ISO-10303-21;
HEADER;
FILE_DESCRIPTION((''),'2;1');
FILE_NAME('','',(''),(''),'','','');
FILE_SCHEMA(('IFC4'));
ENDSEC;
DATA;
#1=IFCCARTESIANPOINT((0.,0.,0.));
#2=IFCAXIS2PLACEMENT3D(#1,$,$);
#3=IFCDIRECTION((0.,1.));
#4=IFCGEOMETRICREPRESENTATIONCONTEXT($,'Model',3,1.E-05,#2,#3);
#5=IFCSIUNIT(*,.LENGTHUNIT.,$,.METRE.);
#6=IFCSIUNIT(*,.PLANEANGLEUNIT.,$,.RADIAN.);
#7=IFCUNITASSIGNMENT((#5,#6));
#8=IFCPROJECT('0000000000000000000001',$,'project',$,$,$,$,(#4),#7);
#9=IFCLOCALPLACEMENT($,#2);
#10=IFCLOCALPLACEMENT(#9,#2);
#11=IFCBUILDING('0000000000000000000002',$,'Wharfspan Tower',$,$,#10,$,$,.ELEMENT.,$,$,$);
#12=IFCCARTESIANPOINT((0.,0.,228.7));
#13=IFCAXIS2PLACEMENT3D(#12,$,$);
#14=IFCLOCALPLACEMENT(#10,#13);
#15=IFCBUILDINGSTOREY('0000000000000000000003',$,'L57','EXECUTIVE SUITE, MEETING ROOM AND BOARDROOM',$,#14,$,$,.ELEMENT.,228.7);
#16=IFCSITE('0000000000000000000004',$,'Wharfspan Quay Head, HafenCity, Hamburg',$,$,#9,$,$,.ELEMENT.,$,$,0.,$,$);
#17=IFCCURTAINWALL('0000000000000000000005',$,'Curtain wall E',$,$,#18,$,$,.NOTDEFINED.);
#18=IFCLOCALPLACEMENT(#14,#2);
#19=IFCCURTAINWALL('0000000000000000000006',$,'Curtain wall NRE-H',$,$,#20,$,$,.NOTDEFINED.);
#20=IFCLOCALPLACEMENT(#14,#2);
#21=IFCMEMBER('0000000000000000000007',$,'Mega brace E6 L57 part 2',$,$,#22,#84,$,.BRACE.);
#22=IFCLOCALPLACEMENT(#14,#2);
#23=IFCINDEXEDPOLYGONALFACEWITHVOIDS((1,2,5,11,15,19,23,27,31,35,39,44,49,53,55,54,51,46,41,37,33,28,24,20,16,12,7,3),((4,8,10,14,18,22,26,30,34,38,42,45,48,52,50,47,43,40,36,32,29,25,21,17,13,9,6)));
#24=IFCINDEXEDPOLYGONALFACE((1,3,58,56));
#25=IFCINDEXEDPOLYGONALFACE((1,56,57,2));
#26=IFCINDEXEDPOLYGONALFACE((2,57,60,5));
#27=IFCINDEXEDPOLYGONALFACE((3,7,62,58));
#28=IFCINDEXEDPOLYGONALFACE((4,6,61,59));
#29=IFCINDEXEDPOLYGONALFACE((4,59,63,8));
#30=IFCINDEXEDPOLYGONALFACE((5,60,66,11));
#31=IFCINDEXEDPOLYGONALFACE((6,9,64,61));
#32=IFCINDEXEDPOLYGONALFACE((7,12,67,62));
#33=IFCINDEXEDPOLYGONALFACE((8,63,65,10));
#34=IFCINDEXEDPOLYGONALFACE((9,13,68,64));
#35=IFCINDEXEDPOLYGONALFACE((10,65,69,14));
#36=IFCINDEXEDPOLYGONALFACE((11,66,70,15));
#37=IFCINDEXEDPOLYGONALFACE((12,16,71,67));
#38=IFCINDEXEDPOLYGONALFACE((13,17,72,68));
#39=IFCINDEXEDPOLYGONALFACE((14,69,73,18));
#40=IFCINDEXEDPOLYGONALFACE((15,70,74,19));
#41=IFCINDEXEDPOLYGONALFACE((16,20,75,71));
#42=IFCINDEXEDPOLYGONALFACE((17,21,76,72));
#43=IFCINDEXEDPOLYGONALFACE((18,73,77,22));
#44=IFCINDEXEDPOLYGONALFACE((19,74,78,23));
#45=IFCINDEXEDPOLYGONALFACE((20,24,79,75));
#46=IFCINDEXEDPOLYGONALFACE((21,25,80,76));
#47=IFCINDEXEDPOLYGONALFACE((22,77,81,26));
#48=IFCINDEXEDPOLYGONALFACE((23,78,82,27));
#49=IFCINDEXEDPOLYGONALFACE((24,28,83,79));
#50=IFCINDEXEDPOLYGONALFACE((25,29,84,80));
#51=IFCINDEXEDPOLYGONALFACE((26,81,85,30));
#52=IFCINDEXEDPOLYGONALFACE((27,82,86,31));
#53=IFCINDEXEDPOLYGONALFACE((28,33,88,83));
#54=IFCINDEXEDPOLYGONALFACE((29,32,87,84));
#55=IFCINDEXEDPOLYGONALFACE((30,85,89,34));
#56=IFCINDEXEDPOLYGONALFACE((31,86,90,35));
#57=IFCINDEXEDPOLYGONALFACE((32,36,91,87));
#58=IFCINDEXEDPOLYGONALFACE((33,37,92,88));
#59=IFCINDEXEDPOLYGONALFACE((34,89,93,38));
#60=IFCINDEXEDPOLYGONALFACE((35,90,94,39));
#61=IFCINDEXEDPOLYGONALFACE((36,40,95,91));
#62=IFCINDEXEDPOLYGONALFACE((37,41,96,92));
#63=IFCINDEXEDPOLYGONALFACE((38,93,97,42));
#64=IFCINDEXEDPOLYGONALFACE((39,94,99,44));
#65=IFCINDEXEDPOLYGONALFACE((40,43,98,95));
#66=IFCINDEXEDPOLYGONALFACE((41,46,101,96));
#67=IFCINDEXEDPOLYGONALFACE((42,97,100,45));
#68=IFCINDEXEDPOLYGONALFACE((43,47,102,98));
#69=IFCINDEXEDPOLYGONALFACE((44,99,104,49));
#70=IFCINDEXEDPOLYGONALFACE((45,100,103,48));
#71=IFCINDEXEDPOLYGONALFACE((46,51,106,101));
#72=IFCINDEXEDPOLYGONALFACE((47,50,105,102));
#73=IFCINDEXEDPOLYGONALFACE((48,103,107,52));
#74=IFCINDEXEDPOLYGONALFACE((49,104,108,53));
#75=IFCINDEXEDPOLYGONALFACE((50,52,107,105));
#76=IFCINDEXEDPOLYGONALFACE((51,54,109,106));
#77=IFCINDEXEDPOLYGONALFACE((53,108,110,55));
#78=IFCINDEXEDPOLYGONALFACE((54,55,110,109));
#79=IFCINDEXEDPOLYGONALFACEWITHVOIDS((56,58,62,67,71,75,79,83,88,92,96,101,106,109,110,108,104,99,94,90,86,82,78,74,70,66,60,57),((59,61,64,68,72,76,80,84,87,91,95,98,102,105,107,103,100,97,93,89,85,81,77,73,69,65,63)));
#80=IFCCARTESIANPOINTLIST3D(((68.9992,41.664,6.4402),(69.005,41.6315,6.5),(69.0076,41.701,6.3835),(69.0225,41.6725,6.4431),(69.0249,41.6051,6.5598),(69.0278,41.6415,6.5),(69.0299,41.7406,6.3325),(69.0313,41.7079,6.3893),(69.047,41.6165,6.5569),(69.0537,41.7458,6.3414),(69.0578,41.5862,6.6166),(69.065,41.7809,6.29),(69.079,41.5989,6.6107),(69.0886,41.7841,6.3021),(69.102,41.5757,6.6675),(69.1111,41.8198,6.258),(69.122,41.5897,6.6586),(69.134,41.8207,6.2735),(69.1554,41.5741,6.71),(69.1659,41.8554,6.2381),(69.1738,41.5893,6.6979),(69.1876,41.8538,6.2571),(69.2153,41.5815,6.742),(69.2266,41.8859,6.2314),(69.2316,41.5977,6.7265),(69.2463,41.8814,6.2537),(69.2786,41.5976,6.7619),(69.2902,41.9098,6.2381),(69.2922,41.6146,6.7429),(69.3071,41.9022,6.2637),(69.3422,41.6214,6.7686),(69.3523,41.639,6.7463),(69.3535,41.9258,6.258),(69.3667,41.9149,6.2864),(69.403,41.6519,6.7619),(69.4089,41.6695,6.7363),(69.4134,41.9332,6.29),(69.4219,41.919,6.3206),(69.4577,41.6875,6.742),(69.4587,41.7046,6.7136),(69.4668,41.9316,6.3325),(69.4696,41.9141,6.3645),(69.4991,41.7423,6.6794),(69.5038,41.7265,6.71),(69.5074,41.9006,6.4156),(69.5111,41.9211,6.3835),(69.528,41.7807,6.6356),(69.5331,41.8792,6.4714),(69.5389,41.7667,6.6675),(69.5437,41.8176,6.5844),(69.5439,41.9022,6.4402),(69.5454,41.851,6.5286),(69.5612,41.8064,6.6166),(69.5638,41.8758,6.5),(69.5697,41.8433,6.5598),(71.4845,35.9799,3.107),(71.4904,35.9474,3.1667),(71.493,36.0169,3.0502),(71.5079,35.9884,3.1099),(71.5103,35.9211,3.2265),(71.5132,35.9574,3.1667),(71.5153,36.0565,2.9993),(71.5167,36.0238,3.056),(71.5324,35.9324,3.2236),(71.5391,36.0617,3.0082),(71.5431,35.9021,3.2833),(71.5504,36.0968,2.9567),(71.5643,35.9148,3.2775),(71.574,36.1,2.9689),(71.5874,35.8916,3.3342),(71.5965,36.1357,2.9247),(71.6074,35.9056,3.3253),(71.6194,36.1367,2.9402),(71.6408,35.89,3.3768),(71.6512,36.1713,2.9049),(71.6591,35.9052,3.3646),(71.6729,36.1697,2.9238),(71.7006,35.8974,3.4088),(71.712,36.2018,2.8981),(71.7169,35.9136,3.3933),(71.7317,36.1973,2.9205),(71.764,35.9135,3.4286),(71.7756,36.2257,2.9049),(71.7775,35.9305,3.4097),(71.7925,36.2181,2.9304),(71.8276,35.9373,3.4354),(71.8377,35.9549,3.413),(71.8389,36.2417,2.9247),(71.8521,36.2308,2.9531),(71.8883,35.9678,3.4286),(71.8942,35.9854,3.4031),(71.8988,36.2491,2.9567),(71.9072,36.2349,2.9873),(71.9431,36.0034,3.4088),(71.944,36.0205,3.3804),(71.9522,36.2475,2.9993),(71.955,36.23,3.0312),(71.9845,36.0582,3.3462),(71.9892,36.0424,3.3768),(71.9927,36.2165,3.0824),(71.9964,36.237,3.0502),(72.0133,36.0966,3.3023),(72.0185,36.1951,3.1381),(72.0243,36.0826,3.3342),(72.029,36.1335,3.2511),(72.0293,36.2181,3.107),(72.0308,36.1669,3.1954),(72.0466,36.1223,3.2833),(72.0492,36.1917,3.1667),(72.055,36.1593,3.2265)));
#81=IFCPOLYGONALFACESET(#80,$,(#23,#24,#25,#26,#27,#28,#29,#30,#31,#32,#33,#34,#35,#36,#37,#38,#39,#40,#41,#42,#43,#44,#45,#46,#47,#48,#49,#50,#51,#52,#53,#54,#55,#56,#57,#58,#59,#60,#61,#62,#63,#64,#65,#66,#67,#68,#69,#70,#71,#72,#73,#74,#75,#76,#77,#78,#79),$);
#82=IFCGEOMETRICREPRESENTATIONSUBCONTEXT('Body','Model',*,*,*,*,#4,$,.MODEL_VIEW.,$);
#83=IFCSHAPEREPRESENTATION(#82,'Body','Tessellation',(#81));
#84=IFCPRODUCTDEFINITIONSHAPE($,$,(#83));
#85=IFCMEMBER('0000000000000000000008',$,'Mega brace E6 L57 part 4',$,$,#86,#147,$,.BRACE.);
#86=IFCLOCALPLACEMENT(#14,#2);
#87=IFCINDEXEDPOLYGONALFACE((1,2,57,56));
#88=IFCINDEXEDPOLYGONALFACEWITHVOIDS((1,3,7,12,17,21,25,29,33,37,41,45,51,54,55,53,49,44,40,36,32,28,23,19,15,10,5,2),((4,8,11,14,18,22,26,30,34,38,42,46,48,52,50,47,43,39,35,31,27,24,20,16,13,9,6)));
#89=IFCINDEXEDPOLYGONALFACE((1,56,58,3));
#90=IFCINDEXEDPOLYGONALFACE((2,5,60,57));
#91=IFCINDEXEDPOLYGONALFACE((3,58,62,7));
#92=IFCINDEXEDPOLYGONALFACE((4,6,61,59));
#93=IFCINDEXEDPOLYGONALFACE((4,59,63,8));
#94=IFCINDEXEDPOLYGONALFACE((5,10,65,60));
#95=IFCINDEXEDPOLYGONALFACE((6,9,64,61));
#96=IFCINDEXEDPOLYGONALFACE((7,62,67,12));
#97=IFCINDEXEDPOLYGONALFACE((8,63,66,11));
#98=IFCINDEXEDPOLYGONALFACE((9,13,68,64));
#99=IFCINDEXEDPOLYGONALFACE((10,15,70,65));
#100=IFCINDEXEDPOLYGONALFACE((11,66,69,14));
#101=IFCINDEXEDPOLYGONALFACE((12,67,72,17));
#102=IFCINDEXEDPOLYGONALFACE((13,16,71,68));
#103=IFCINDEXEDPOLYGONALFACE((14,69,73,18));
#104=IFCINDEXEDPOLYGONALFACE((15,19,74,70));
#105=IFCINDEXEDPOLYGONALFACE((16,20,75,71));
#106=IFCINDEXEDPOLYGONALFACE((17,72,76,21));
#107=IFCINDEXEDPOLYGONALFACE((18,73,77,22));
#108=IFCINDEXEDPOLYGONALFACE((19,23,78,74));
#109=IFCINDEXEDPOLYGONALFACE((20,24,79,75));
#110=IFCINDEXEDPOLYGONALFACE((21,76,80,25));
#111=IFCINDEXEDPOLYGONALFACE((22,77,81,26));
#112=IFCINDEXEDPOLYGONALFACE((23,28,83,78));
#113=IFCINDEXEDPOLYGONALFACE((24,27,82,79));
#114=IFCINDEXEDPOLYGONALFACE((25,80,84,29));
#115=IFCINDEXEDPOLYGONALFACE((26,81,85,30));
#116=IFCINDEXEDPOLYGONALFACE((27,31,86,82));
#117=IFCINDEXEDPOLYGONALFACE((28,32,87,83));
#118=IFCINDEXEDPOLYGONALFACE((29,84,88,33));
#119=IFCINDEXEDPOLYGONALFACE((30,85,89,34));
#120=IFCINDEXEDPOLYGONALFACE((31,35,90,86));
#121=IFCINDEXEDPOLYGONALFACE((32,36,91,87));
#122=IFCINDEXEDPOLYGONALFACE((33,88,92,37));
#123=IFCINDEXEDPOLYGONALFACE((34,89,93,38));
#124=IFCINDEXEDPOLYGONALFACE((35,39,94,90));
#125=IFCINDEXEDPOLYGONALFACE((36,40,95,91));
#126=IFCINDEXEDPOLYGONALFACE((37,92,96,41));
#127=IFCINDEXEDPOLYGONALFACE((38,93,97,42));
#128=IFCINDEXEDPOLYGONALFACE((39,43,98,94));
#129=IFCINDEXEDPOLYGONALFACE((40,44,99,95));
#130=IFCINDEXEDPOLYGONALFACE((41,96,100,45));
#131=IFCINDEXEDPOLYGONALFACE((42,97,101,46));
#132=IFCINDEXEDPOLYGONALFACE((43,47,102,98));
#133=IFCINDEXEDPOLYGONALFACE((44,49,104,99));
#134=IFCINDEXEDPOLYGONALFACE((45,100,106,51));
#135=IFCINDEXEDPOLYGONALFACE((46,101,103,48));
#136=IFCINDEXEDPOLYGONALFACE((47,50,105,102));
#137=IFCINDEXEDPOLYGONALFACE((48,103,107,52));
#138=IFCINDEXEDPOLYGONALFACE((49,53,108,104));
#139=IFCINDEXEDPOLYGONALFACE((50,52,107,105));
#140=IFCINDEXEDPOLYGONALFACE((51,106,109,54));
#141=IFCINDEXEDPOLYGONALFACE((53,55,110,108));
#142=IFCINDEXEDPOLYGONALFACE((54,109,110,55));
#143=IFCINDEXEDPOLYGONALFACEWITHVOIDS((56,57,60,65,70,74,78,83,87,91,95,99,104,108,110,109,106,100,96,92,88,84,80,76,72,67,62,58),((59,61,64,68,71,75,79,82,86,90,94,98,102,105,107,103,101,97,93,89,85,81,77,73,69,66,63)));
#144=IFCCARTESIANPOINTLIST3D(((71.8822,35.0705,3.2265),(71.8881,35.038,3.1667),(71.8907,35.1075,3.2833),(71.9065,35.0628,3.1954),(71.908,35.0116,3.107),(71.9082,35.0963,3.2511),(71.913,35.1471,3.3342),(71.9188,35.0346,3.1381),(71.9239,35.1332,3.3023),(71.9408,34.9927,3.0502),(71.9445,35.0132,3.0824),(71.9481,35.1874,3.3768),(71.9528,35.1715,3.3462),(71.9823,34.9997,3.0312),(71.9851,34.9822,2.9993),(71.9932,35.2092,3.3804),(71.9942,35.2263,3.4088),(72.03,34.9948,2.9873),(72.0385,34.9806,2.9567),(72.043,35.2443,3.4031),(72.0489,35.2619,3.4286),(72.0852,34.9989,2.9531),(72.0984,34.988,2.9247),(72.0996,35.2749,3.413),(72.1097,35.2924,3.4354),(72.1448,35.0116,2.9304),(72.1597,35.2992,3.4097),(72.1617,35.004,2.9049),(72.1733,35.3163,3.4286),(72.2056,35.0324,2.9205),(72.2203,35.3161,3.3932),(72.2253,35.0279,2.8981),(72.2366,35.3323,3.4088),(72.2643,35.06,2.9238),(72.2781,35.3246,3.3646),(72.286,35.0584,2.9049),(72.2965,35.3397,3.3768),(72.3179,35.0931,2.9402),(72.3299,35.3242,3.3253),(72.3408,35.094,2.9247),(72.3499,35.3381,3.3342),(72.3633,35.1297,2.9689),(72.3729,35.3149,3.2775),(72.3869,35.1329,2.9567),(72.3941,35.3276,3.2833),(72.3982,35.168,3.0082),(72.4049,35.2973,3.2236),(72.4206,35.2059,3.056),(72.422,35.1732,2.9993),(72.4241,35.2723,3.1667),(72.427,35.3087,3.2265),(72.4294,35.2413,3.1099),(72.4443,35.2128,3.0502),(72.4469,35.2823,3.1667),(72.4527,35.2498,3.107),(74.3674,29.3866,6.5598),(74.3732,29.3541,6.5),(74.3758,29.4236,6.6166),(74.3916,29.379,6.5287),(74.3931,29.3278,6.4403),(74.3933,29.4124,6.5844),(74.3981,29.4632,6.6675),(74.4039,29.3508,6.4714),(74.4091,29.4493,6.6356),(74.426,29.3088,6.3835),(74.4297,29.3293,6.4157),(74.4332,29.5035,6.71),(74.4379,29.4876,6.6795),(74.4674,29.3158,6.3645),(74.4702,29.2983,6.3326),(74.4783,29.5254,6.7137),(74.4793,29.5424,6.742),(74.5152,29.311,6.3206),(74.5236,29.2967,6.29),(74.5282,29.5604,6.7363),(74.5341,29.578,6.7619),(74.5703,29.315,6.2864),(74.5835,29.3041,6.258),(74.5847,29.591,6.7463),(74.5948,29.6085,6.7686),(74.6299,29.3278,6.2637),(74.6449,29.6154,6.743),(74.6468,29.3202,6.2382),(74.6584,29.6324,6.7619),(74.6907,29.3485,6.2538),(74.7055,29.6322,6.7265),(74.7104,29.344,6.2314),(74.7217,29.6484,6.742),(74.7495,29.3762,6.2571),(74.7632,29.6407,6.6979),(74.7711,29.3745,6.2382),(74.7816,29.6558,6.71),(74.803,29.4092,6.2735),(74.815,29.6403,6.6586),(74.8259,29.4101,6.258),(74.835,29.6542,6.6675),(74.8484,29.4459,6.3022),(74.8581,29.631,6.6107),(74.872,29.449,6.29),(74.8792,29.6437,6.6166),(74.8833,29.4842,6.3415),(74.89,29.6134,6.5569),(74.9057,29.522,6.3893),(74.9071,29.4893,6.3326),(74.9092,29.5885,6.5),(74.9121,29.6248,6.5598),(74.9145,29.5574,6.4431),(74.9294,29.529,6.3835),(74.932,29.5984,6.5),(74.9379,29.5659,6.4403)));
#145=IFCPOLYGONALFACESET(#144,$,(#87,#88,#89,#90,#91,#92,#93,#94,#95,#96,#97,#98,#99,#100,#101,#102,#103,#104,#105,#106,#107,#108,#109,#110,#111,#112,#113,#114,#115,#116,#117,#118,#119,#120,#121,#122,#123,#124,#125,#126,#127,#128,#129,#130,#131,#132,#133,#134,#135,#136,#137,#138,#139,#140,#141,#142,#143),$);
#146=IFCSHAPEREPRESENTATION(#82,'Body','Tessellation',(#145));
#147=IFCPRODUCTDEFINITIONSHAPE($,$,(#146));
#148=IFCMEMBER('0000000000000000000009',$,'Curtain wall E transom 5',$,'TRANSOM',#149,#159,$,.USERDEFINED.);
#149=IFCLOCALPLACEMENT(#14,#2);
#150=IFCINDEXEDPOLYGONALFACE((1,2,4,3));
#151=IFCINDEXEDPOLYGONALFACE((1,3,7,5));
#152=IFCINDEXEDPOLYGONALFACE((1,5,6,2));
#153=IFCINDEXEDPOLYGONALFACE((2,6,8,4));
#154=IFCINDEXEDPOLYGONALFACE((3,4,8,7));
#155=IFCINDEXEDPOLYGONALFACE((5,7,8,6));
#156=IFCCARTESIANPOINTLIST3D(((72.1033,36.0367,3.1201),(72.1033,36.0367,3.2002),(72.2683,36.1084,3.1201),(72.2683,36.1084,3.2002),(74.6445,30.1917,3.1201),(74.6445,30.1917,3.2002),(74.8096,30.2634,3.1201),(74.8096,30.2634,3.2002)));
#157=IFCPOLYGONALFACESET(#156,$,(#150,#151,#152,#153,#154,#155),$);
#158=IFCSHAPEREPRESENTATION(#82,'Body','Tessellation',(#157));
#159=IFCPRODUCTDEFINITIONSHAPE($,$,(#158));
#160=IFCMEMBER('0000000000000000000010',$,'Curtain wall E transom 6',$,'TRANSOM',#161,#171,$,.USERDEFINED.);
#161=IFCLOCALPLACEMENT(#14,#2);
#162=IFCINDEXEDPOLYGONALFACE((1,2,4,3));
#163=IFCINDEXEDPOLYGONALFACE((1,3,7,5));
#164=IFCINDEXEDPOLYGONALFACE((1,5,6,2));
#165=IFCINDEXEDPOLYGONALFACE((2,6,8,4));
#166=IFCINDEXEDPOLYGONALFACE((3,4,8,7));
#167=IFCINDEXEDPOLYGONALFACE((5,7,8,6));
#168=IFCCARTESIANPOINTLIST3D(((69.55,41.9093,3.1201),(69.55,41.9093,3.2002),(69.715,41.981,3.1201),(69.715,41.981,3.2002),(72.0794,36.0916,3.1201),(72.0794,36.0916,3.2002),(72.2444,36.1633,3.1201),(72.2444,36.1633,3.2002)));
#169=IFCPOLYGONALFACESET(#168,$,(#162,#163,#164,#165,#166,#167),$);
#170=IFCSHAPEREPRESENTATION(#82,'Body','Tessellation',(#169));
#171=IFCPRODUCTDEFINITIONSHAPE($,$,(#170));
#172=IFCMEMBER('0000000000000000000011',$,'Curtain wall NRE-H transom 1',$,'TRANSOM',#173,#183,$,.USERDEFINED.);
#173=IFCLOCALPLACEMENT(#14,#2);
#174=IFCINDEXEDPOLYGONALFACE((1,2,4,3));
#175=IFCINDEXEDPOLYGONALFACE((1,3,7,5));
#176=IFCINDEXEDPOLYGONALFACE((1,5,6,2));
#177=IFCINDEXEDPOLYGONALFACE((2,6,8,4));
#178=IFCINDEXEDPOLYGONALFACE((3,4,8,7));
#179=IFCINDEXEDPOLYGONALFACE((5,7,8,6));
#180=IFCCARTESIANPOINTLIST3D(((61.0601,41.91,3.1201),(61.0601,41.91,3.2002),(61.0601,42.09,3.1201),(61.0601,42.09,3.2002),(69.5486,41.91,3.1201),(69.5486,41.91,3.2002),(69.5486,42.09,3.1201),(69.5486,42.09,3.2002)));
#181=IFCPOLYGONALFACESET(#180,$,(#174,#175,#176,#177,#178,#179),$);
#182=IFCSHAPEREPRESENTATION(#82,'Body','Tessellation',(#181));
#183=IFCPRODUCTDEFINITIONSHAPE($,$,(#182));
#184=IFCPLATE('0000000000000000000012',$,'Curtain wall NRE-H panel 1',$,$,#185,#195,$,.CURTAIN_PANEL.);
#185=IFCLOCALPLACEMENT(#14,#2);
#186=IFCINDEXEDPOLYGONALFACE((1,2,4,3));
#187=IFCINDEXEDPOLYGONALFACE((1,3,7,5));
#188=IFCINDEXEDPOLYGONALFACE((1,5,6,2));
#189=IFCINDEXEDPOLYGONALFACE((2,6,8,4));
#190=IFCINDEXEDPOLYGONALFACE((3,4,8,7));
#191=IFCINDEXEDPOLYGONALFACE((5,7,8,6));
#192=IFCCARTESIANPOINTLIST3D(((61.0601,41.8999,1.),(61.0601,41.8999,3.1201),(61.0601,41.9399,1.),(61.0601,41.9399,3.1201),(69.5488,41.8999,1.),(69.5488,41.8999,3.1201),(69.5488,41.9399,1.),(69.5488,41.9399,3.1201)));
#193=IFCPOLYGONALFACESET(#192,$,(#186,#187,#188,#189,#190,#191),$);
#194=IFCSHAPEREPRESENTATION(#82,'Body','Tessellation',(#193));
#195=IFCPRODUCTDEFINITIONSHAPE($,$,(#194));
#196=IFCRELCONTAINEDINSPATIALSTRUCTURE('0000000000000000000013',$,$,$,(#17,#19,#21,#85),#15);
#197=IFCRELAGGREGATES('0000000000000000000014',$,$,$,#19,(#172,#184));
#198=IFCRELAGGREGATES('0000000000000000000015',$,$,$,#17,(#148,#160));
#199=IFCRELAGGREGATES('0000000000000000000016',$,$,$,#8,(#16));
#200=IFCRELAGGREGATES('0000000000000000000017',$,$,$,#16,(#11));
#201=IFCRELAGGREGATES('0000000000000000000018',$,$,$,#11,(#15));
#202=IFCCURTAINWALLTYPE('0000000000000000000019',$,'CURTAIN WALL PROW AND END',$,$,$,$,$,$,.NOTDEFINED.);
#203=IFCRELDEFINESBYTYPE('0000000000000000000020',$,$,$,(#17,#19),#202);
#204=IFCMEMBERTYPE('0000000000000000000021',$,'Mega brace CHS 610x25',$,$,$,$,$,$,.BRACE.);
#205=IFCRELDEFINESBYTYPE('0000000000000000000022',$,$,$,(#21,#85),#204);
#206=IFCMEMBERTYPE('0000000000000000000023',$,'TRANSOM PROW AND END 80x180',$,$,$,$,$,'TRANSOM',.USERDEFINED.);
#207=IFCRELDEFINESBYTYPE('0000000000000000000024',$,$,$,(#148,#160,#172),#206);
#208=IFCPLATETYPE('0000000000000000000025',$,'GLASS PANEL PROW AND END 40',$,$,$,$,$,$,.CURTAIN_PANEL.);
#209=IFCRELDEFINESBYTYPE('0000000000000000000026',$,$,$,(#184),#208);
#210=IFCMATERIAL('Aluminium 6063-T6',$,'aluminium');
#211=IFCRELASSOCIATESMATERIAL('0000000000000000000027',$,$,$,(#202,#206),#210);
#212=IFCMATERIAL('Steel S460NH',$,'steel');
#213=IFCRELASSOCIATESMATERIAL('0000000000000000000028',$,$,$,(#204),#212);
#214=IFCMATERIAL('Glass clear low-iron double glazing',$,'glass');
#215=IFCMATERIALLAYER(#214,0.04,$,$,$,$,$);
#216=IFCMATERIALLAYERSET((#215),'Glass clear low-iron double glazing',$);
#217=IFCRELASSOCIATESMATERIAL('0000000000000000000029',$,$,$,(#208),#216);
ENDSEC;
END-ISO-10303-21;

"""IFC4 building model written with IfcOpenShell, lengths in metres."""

from ifc_helpers import new_model, si_unit, direction, frame, origin, origin_2d, place, context, subcontext, project, spatial, rectangle, hollow_circle, extrude, material, layer, layer_set, material_profile, profile_set, type_object, element, aggregate, save


model = new_model("IFC4")

# Units and contexts
model_context = context("Model", 3, precision=1e-05, world=origin(), true_north=direction((0.0, 1.0)))
body_context = subcontext(model_context, "Body", "Model", "MODEL_VIEW")
ifc_project = project(units=[si_unit("LENGTHUNIT", "METRE"), si_unit("PLANEANGLEUNIT", "RADIAN")], contexts=[model_context])

# Site, building, storey
site_placement = place(None, origin())
site = spatial("IfcSite", under=ifc_project, at=site_placement, Name="Wharfspan Quay Head, HafenCity, Hamburg", CompositionType="ELEMENT", RefElevation=0.0)
building_placement = place(site_placement, origin())
building = spatial("IfcBuilding", under=site, at=building_placement, Name="Wharfspan Tower", CompositionType="ELEMENT")
storey_placement = place(building_placement, frame((0.0, 0.0, 228.7)))
storey = spatial("IfcBuildingStorey", under=building, at=storey_placement, Name="L57", Description="EXECUTIVE SUITE, MEETING ROOM AND BOARDROOM", CompositionType="ELEMENT", Elevation=228.7)

# Curtain wall
ifc_material_1 = material(Name="Aluminium 6063-T6", Category="aluminium")
curtain_wall_type = type_object("IfcCurtainWallType", Name="CURTAIN WALL PROW AND END", PredefinedType="NOTDEFINED", material=ifc_material_1)
curtain_wall_1_placement = place(storey_placement, origin())
curtain_wall_1 = element("IfcCurtainWall", 1, at=curtain_wall_1_placement, inside=storey, type_object=curtain_wall_type, Name="Curtain wall E", PredefinedType="NOTDEFINED")

# Curtain wall
curtain_wall_2_placement = place(storey_placement, origin())
curtain_wall_2 = element("IfcCurtainWall", 2, at=curtain_wall_2_placement, inside=storey, type_object=curtain_wall_type, Name="Curtain wall NRE-H", PredefinedType="NOTDEFINED")

# Members
ifc_material_2 = material(Name="Steel S460NH", Category="steel")
ifc_material_profile_1 = material_profile(ifc_material_2, hollow_circle(Radius=0.3049, WallThickness=0.0249, at=origin_2d()))
ifc_profile_set_1 = profile_set([ifc_material_profile_1], Name="Steel S460NH")
member_type_1 = type_object("IfcMemberType", Name="Mega brace CHS 610x25", PredefinedType="BRACE", material=ifc_profile_set_1)
member_1_placement = place(storey_placement, frame((71.7698, 36.0696, 3.1667), z_axis=(-0.352909, 0.807115, 0.473307), x_axis=(-0.916238, -0.400621, -0.000003)))
element("IfcMember", 3, at=member_1_placement, inside=storey, type_object=member_type_1, Name="Mega brace E6 L57 part 2", PredefinedType="BRACE", context=body_context, shape_type="SweptSolid", body=[
    extrude(hollow_circle(Radius=0.3049, WallThickness=0.0249, at=origin_2d()), origin(), (0.0, 0.0, 1.0), 7.0425),
])
member_2_placement = place(storey_placement, frame((72.1675, 35.1602, 3.1667), z_axis=(0.352889, -0.807113, 0.473327), x_axis=(0.916248, 0.400606, 0.000001)))
element("IfcMember", 4, at=member_2_placement, inside=storey, type_object=member_type_1, Name="Mega brace E6 L57 part 4", PredefinedType="BRACE", context=body_context, shape_type="SweptSolid", body=[
    extrude(hollow_circle(Radius=0.3049, WallThickness=0.0249, at=origin_2d()), origin(), (0.0, 0.0, 1.0), 7.0422),
])

# Members
ifc_material_profile_2 = material_profile(ifc_material_1, rectangle(XDim=0.1799, YDim=0.0801, at=origin_2d()))
ifc_profile_set_2 = profile_set([ifc_material_profile_2], Name="Aluminium 6063-T6")
member_type_2 = type_object("IfcMemberType", Name="TRANSOM PROW AND END 80x180", ElementType="TRANSOM", PredefinedType="USERDEFINED", material=ifc_profile_set_2)
member_3_placement = place(storey_placement, frame((74.7271, 30.2275, 3.1602), z_axis=(-0.398722, 0.917072, 0.0), x_axis=(-0.917072, -0.398722, 0.0)))
member_3 = element("IfcMember", 5, at=member_3_placement, type_object=member_type_2, Name="Curtain wall E transom 5", ObjectType="TRANSOM", PredefinedType="USERDEFINED", context=body_context, shape_type="SweptSolid", body=[
    extrude(rectangle(XDim=0.1799, YDim=0.0801, at=origin_2d()), origin(), (0.0, 0.0, 1.0), 6.3735),
])
member_4_placement = place(storey_placement, frame((72.1619, 36.1274, 3.1602), z_axis=(-0.398712, 0.917076, 0.0), x_axis=(-0.917076, -0.398712, 0.0)))
member_4 = element("IfcMember", 6, at=member_4_placement, type_object=member_type_2, Name="Curtain wall E transom 6", ObjectType="TRANSOM", PredefinedType="USERDEFINED", context=body_context, shape_type="SweptSolid", body=[
    extrude(rectangle(XDim=0.1799, YDim=0.0801, at=origin_2d()), origin(), (0.0, 0.0, 1.0), 6.3438),
])
member_5_placement = place(storey_placement, frame((69.5486, 42.0, 3.1602), z_axis=(-1.0, 0.0, 0.0), x_axis=(0.0, -1.0, 0.0)))
member_5 = element("IfcMember", 7, at=member_5_placement, type_object=member_type_2, Name="Curtain wall NRE-H transom 1", ObjectType="TRANSOM", PredefinedType="USERDEFINED", context=body_context, shape_type="SweptSolid", body=[
    extrude(rectangle(XDim=0.1799, YDim=0.0801, at=origin_2d()), origin(), (0.0, 0.0, 1.0), 8.4885),
])

# Plate
ifc_material_3 = material(Name="Glass clear low-iron double glazing", Category="glass")
ifc_layer_1 = layer(ifc_material_3, 0.04)
ifc_layer_set_1 = layer_set([ifc_layer_1], Name="Glass clear low-iron double glazing")
plate_type_1 = type_object("IfcPlateType", Name="GLASS PANEL PROW AND END 40", PredefinedType="CURTAIN_PANEL", material=ifc_layer_set_1)
plate_1_placement = place(storey_placement, frame((65.3044, 41.9199, 1.0), z_axis=(0.0, 0.0, 1.0), x_axis=(-1.0, 0.0, 0.0)))
plate_1 = element("IfcPlate", 8, at=plate_1_placement, type_object=plate_type_1, Name="Curtain wall NRE-H panel 1", PredefinedType="CURTAIN_PANEL", context=body_context, shape_type="SweptSolid", body=[
    extrude(rectangle(XDim=8.4888, YDim=0.04, at=origin_2d()), origin(), (0.0, 0.0, 1.0), 2.1201),
])
aggregate(curtain_wall_2, [member_5, plate_1])
aggregate(curtain_wall_1, [member_3, member_4])

save(model, "model.ifc")
